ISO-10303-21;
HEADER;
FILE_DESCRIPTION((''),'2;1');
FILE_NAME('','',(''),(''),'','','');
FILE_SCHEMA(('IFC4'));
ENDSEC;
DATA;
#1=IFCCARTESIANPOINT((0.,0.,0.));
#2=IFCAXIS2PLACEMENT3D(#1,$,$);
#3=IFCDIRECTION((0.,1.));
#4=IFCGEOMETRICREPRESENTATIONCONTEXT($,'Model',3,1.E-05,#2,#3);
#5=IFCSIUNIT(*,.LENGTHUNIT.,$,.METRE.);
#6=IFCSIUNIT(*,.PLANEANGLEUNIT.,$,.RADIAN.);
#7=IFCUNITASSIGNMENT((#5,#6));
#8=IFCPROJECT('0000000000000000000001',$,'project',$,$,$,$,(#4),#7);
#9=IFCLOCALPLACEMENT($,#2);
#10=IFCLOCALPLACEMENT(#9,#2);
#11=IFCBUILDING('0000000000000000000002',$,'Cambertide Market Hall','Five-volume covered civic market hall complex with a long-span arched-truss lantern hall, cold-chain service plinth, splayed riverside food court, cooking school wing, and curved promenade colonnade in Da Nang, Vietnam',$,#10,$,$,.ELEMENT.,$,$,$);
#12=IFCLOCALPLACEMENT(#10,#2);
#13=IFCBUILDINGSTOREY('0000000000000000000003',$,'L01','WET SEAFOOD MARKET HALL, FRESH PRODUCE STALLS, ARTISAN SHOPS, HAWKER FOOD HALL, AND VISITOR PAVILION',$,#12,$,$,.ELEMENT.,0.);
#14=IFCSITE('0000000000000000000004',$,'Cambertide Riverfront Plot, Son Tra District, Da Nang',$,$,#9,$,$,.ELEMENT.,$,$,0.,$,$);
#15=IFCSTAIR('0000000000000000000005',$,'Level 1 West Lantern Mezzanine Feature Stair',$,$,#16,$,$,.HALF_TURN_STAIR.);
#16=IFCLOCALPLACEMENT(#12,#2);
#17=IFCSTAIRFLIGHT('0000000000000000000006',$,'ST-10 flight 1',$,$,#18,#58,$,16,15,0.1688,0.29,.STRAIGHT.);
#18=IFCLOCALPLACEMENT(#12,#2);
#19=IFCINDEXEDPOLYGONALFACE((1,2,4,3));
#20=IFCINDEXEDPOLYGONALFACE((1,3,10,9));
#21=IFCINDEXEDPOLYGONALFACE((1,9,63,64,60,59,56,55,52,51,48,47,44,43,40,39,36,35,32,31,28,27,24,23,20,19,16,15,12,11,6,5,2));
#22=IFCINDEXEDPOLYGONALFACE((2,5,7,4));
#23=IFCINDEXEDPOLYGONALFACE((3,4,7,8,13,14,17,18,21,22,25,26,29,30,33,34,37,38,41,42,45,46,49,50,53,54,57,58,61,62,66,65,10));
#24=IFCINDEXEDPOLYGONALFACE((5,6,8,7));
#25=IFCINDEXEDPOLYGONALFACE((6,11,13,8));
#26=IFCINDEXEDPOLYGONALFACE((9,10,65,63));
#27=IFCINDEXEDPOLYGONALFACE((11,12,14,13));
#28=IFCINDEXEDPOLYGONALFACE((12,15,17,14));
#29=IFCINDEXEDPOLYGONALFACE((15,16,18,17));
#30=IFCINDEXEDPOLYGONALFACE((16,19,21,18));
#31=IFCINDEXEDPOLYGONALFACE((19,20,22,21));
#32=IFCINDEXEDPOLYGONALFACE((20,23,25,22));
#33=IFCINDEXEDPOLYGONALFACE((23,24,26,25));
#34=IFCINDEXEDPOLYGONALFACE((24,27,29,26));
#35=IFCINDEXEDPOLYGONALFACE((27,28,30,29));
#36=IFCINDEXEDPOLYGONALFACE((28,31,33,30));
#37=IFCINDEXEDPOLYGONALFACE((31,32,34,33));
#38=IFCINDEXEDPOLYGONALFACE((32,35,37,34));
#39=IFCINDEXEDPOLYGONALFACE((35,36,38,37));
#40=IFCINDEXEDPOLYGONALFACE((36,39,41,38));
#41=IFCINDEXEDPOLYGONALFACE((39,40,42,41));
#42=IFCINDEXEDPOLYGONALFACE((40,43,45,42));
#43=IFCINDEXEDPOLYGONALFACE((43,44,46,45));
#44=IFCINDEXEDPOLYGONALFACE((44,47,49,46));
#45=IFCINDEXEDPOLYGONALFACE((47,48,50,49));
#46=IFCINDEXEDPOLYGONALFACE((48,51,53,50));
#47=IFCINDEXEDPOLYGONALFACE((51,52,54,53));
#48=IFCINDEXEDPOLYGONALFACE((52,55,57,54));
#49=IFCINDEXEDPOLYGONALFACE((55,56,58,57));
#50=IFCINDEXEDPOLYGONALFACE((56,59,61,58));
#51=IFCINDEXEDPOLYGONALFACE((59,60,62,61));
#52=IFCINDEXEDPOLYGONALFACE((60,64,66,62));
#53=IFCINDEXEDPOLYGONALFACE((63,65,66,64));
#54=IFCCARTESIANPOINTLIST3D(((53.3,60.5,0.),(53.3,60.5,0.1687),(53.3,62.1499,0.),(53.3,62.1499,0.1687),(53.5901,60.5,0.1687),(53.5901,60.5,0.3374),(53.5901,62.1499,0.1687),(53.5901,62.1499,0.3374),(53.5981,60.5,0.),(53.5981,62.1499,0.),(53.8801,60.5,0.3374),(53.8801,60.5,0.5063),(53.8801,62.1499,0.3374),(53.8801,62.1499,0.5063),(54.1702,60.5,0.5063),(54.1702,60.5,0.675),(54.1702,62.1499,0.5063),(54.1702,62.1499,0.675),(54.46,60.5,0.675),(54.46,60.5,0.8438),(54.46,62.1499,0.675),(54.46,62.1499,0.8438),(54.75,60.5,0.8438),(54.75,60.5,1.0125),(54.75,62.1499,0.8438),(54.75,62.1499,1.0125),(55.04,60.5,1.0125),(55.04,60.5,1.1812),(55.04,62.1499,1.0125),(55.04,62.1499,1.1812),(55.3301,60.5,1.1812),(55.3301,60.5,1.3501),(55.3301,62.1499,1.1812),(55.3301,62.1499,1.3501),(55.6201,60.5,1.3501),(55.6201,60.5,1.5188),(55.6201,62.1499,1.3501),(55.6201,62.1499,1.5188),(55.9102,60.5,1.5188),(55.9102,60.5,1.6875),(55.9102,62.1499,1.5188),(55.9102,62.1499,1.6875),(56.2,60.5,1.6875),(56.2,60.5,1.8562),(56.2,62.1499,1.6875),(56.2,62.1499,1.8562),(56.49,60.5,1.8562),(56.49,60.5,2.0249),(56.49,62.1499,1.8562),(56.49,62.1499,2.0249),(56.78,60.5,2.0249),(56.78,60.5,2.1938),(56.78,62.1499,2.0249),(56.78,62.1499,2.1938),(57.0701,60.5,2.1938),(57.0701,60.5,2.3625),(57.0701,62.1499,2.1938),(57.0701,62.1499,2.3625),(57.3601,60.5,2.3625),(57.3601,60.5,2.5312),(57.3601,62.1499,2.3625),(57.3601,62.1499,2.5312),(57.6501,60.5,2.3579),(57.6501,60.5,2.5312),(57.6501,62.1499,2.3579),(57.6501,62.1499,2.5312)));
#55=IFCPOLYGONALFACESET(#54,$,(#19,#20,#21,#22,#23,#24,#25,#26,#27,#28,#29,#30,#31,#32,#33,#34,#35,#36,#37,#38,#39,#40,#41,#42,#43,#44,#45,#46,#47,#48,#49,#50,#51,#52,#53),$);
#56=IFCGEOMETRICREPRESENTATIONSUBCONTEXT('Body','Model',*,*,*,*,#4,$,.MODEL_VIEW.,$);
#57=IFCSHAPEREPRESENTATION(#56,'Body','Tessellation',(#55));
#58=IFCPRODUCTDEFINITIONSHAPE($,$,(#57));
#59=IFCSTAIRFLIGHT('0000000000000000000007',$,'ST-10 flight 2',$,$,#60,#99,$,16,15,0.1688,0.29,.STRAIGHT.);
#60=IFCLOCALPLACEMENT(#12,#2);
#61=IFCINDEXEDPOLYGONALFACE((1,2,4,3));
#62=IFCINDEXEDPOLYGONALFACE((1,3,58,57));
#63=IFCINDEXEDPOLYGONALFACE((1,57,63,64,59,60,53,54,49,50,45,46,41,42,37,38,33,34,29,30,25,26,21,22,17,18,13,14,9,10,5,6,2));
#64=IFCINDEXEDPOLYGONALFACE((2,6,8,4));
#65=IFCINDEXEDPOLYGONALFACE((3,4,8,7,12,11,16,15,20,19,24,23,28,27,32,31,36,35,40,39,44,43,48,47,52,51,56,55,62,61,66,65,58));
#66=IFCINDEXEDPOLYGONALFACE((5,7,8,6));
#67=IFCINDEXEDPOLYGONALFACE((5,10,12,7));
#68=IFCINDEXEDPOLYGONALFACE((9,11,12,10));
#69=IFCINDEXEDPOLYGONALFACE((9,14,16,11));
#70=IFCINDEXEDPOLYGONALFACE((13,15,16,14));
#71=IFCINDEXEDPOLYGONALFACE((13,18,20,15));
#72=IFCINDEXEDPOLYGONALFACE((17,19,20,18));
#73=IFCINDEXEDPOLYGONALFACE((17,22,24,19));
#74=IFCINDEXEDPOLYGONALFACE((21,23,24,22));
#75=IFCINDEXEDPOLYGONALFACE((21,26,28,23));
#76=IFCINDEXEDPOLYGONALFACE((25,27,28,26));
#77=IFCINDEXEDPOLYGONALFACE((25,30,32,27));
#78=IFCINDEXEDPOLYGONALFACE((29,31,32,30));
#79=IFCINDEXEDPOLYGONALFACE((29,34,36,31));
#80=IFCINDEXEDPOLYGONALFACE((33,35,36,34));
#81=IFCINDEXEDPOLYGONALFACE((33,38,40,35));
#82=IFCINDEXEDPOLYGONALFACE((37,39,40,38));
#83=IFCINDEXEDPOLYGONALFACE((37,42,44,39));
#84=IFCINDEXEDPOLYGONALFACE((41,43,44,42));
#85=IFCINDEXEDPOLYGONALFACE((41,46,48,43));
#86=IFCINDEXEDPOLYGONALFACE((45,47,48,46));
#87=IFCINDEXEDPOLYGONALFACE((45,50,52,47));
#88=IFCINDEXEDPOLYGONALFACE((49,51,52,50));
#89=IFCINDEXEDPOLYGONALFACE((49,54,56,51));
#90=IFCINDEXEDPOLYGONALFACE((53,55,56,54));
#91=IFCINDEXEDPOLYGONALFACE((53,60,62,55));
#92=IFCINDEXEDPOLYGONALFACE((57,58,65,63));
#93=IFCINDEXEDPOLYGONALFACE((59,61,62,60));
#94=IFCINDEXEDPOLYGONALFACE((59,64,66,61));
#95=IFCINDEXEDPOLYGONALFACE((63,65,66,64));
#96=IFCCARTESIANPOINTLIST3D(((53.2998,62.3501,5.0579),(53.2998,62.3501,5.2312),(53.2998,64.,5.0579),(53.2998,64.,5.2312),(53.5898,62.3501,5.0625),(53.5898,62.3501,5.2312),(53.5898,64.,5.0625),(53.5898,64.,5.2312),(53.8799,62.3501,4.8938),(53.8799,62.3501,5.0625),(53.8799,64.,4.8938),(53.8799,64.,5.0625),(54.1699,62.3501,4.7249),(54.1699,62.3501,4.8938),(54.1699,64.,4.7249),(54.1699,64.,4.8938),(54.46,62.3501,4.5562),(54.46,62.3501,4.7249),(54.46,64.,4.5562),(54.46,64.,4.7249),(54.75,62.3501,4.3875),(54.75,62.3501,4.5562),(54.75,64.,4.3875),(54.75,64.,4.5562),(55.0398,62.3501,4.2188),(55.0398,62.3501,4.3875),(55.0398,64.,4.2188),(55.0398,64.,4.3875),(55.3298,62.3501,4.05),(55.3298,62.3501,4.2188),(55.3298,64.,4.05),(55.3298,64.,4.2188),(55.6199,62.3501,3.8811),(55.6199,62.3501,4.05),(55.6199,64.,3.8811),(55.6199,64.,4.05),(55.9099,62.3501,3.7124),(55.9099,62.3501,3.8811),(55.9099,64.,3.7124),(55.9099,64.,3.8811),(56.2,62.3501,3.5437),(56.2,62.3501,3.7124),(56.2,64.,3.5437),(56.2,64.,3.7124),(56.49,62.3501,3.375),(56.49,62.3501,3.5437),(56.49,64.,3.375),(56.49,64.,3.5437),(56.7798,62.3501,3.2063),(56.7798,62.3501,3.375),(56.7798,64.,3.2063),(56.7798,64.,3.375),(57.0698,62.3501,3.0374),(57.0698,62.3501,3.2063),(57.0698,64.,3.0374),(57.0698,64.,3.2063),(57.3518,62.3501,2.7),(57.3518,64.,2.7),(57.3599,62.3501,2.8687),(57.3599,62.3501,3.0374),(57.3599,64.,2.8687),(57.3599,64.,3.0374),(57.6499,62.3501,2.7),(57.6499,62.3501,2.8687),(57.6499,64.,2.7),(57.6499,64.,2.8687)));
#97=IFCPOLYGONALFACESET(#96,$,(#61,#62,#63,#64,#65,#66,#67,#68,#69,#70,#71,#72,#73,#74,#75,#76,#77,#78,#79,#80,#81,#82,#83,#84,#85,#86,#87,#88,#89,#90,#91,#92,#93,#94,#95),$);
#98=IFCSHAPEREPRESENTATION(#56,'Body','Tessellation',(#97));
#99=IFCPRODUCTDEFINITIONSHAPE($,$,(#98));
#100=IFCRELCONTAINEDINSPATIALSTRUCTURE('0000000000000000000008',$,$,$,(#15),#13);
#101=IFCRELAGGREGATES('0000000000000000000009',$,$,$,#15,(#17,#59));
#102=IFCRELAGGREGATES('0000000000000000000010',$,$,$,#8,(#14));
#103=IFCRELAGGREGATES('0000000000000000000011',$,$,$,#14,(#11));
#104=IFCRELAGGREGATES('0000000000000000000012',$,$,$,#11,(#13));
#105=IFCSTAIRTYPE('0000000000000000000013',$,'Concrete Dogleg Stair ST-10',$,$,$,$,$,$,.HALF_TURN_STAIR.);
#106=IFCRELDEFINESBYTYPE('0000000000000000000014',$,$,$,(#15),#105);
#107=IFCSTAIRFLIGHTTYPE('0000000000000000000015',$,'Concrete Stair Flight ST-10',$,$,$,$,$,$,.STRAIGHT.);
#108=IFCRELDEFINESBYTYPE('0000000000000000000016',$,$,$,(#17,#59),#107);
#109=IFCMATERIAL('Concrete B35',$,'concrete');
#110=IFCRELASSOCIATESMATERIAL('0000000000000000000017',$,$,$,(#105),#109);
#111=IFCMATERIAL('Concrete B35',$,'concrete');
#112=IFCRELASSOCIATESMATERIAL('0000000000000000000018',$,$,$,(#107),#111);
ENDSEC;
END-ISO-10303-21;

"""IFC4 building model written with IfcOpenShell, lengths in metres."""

from ifc_helpers import new_model, si_unit, direction, frame, origin, place, context, subcontext, project, spatial, polyline, outline, extrude, material, type_object, element, aggregate, save


model = new_model("IFC4")

# Units and contexts
model_context = context("Model", 3, precision=1e-05, world=origin(), true_north=direction((0.0, 1.0)))
body_context = subcontext(model_context, "Body", "Model", "MODEL_VIEW")
ifc_project = project(units=[si_unit("LENGTHUNIT", "METRE"), si_unit("PLANEANGLEUNIT", "RADIAN")], contexts=[model_context])

# Site, building, storey
site_placement = place(None, origin())
site = spatial("IfcSite", under=ifc_project, at=site_placement, Name="Cambertide Riverfront Plot, Son Tra District, Da Nang", CompositionType="ELEMENT", RefElevation=0.0)
building_placement = place(site_placement, origin())
building = spatial("IfcBuilding", under=site, at=building_placement, Name="Cambertide Market Hall", Description="Five-volume covered civic market hall complex with a long-span arched-truss lantern hall, cold-chain service plinth, splayed riverside food court, cooking school wing, and curved promenade colonnade in Da Nang, Vietnam", CompositionType="ELEMENT")
storey_placement = place(building_placement, origin())
storey = spatial("IfcBuildingStorey", under=building, at=storey_placement, Name="L01", Description="WET SEAFOOD MARKET HALL, FRESH PRODUCE STALLS, ARTISAN SHOPS, HAWKER FOOD HALL, AND VISITOR PAVILION", CompositionType="ELEMENT", Elevation=0.0)

# Stair, stair flights
ifc_material_1 = material(Name="Concrete B35", Category="concrete")
stair_type = type_object("IfcStairType", Name="Concrete Dogleg Stair ST-10", PredefinedType="HALF_TURN_STAIR", material=ifc_material_1)
stair_placement = place(storey_placement, origin())
stair = element("IfcStair", 1, at=stair_placement, inside=storey, type_object=stair_type, Name="Level 1 West Lantern Mezzanine Feature Stair", PredefinedType="HALF_TURN_STAIR")
ifc_material_2 = material(Name="Concrete B35", Category="concrete")
stair_flight_type = type_object("IfcStairFlightType", Name="Concrete Stair Flight ST-10", PredefinedType="STRAIGHT", material=ifc_material_2)
stair_flight_1_placement = place(storey_placement, frame((53.3, 61.325, 0.0), z_axis=(0.0, 0.0, 1.0), x_axis=(1.0, 0.0, 0.0)))
stair_flight_1 = element("IfcStairFlight", 2, at=stair_flight_1_placement, type_object=stair_flight_type, Name="ST-10 flight 1", NumberOfRisers=16, NumberOfTreads=15, PredefinedType="STRAIGHT", RiserHeight=0.1688, TreadLength=0.29, context=body_context, shape_type="SweptSolid", body=[
    extrude(outline(polyline([(0.0, 0.0), (0.0, 0.1687), (0.29, 0.1687), (0.29, 0.3374), (0.5801, 0.3374), (0.5801, 0.5063), (0.8701, 0.5063), (0.8701, 0.675), (1.1599, 0.675), (1.1599, 0.8438), (1.45, 0.8438), (1.45, 1.0125), (1.74, 1.0125), (1.74, 1.1812), (2.03, 1.1812), (2.03, 1.3501), (2.3201, 1.3501), (2.3201, 1.5188), (2.6101, 1.5188), (2.6101, 1.6875), (2.8999, 1.6875), (2.8999, 1.8562), (3.1899, 1.8562), (3.1899, 2.0249), (3.48, 2.0249), (3.48, 2.1938), (3.77, 2.1938), (3.77, 2.3625), (4.0601, 2.3625), (4.0601, 2.5312), (4.3501, 2.5312), (4.3501, 2.7), (4.3501, 2.3579), (0.2981, 0.0), (0.0, 0.0)])), frame((0.0, 0.825, 0.0), z_axis=(0.0, -1.0, 0.0), x_axis=(1.0, 0.0, 0.0)), (0.0, 0.0, 1.0), 1.6499),
])
stair_flight_2_placement = place(storey_placement, frame((57.6499, 63.175, 2.7), z_axis=(0.0, 0.0, 1.0), x_axis=(-1.0, 0.0, 0.0)))
stair_flight_2 = element("IfcStairFlight", 3, at=stair_flight_2_placement, type_object=stair_flight_type, Name="ST-10 flight 2", NumberOfRisers=16, NumberOfTreads=15, PredefinedType="STRAIGHT", RiserHeight=0.1688, TreadLength=0.29, context=body_context, shape_type="SweptSolid", body=[
    extrude(outline(polyline([(0.0, 0.0), (0.0, 0.1687), (0.29, 0.1687), (0.29, 0.3374), (0.5801, 0.3374), (0.5801, 0.5063), (0.8701, 0.5063), (0.8701, 0.675), (1.1599, 0.675), (1.1599, 0.8438), (1.45, 0.8438), (1.45, 1.0125), (1.74, 1.0125), (1.74, 1.1812), (2.03, 1.1812), (2.03, 1.3501), (2.3201, 1.3501), (2.3201, 1.5188), (2.6101, 1.5188), (2.6101, 1.6875), (2.8999, 1.6875), (2.8999, 1.8562), (3.1899, 1.8562), (3.1899, 2.0249), (3.48, 2.0249), (3.48, 2.1938), (3.77, 2.1938), (3.77, 2.3625), (4.0601, 2.3625), (4.0601, 2.5312), (4.3501, 2.5312), (4.3501, 2.7), (4.3501, 2.3579), (0.2981, 0.0), (0.0, 0.0)])), frame((0.0, 0.825, 0.0), z_axis=(0.0, -1.0, 0.0), x_axis=(1.0, 0.0, 0.0)), (0.0, 0.0, 1.0), 1.6499),
])
aggregate(stair, [stair_flight_1, stair_flight_2])

save(model, "model.ifc")
